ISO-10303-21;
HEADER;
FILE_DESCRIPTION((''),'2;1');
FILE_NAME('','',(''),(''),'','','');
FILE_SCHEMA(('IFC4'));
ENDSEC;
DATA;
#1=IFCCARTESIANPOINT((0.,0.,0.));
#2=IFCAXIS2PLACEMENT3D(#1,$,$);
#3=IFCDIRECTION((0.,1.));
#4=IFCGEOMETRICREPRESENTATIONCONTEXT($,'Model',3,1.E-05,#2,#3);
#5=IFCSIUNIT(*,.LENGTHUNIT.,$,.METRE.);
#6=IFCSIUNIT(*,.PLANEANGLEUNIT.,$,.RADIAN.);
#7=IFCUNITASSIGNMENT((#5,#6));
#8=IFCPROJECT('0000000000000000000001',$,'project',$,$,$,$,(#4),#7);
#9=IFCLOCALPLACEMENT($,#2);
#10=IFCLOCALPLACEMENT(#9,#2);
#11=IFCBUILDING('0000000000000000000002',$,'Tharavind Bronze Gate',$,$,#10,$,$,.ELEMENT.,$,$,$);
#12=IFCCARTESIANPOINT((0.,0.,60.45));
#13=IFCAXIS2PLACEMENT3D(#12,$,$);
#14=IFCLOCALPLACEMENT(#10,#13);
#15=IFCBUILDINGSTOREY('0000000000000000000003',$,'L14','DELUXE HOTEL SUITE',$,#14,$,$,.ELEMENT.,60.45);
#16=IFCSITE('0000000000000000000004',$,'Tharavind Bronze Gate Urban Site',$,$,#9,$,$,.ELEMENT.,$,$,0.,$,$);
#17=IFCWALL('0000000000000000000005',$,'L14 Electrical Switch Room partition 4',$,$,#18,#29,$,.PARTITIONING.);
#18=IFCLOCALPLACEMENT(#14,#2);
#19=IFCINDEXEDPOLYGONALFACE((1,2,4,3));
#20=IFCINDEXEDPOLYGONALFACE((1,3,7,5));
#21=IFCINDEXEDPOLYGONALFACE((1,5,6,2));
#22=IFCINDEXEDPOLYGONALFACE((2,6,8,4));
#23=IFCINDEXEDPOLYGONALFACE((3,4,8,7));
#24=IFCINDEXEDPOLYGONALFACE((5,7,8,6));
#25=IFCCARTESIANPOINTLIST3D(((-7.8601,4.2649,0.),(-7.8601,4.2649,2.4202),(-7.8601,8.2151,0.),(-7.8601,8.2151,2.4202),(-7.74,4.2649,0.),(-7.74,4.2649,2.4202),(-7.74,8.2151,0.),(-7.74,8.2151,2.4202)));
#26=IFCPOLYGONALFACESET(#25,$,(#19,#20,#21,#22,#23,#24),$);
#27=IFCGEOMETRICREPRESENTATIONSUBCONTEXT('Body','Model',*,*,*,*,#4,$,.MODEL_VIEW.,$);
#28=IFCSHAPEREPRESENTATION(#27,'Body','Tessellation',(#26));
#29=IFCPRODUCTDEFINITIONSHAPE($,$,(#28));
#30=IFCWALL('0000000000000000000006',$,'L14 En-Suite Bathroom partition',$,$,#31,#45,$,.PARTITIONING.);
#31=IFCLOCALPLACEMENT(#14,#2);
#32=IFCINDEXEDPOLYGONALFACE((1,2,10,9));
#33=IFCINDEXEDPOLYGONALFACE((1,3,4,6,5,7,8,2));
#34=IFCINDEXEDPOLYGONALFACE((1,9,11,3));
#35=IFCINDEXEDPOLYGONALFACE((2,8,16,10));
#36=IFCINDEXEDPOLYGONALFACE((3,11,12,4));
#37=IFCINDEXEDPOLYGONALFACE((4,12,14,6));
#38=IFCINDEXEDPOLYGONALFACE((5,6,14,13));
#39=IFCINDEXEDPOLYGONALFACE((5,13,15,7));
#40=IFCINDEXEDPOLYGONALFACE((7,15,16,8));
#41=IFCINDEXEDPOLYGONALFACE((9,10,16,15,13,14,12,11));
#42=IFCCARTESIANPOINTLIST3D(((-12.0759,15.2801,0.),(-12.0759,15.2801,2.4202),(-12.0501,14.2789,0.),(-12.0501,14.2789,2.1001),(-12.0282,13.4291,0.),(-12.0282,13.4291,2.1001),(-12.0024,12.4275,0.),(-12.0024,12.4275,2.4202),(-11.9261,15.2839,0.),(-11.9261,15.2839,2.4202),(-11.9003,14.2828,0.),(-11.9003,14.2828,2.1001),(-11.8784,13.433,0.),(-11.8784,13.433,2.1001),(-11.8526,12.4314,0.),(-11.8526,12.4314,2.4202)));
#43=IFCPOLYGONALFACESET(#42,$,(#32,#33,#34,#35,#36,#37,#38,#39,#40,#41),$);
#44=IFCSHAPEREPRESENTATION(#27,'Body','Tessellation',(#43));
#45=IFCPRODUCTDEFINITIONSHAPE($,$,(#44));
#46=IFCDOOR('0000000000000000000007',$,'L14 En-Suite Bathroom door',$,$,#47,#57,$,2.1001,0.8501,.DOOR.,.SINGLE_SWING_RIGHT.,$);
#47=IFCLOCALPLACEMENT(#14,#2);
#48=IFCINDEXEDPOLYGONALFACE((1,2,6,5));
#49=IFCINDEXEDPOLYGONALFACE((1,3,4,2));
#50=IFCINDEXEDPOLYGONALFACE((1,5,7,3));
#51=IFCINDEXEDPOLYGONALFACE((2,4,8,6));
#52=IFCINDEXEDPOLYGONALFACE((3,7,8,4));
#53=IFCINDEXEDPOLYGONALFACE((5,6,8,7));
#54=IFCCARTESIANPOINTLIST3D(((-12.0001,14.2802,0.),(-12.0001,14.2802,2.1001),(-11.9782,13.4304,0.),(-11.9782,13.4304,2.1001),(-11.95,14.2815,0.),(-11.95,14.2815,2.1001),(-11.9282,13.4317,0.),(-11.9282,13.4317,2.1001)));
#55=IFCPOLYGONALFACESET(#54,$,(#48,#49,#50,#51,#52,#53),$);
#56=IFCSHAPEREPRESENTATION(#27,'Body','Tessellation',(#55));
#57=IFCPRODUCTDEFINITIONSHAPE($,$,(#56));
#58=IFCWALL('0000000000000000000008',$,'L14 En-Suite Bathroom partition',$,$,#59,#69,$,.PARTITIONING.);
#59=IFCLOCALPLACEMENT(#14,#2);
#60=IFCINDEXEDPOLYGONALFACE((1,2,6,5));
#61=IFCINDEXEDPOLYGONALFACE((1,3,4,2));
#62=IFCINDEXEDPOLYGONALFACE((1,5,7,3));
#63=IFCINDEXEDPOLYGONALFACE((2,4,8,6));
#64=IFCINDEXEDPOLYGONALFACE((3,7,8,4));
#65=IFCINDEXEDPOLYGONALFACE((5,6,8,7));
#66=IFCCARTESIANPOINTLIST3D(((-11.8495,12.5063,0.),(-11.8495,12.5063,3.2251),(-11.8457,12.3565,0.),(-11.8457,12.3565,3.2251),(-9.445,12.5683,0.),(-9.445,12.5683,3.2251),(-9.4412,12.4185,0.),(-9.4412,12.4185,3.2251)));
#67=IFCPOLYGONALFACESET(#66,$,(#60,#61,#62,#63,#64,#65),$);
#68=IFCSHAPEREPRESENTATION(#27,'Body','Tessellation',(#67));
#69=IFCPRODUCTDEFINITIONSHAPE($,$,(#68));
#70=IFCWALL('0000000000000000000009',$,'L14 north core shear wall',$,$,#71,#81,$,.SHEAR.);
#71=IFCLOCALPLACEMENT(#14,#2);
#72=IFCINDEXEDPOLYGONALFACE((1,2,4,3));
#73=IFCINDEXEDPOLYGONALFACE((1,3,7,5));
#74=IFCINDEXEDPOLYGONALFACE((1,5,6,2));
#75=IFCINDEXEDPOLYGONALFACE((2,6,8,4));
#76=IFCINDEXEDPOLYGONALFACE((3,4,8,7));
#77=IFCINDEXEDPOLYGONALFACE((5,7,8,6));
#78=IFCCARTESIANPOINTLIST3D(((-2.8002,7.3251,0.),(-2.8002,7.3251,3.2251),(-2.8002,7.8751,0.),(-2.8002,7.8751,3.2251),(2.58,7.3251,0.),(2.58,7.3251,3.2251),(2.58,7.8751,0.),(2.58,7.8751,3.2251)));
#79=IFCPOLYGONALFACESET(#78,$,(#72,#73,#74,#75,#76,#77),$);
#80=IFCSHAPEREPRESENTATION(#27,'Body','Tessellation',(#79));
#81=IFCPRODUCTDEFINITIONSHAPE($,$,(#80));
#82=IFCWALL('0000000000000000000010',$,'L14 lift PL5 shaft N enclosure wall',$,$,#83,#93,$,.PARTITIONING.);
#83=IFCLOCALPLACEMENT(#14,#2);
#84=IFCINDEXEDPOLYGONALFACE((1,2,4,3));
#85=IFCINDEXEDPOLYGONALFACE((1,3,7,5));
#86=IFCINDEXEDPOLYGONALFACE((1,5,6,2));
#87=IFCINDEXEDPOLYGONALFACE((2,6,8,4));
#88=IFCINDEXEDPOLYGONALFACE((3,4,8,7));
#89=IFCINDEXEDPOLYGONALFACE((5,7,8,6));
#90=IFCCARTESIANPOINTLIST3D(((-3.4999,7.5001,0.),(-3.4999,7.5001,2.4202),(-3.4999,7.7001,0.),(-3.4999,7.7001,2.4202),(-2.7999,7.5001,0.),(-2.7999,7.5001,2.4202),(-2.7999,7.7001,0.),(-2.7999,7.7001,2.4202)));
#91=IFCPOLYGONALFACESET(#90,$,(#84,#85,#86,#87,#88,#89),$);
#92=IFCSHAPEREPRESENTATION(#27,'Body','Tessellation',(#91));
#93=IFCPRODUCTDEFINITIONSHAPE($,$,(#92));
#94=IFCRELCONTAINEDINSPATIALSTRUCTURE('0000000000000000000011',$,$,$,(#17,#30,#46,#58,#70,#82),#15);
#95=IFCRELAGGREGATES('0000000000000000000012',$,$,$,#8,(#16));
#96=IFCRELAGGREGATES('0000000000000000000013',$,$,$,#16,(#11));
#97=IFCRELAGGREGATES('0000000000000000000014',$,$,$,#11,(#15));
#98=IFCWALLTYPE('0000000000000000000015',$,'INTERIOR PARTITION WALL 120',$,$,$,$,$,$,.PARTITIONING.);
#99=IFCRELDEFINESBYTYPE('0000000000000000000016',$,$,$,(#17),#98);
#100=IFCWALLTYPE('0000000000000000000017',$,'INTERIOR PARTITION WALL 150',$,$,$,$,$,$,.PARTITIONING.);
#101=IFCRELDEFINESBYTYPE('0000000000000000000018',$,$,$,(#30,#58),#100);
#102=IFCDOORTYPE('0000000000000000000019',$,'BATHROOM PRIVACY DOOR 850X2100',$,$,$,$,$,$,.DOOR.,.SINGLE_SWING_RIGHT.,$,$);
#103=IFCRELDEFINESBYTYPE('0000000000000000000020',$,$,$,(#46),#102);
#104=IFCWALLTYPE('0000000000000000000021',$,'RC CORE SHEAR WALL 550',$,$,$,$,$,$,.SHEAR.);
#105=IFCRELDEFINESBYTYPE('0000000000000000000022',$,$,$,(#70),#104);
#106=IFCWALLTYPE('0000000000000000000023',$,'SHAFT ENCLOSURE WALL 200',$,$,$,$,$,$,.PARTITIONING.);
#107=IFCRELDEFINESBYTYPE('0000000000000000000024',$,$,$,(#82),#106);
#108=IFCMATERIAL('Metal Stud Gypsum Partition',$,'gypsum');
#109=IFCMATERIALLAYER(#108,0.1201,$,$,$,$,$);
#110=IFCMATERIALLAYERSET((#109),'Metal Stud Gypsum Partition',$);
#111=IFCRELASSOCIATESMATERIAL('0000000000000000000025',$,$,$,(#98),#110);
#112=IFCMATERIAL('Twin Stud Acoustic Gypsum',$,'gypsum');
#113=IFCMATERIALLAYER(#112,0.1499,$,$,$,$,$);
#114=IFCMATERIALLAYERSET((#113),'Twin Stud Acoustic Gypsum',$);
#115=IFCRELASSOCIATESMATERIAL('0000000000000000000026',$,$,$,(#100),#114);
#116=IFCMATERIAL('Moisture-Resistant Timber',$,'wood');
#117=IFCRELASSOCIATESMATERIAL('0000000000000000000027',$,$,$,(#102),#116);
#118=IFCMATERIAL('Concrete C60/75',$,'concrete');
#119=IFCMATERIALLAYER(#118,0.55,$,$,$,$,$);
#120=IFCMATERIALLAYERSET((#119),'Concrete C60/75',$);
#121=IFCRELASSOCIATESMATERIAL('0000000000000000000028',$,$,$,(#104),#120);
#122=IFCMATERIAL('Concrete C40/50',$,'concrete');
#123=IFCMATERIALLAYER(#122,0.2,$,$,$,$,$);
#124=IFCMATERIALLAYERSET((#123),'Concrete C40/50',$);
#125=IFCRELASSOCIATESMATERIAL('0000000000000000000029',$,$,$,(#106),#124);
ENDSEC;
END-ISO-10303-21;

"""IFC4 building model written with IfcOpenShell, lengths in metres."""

from ifc_helpers import new_model, si_unit, direction, frame, frame_2d, origin, place, context, subcontext, project, spatial, rectangle, extrude, material, layer, layer_set, type_object, element, fill, save


model = new_model("IFC4")

# Units and contexts
model_context = context("Model", 3, precision=1e-05, world=origin(), true_north=direction((0.0, 1.0)))
body_context = subcontext(model_context, "Body", "Model", "MODEL_VIEW")
ifc_project = project(units=[si_unit("LENGTHUNIT", "METRE"), si_unit("PLANEANGLEUNIT", "RADIAN")], contexts=[model_context])

# Site, building, storey
site_placement = place(None, origin())
site = spatial("IfcSite", under=ifc_project, at=site_placement, Name="Tharavind Bronze Gate Urban Site", CompositionType="ELEMENT", RefElevation=0.0)
building_placement = place(site_placement, origin())
building = spatial("IfcBuilding", under=site, at=building_placement, Name="Tharavind Bronze Gate", CompositionType="ELEMENT")
storey_placement = place(building_placement, frame((0.0, 0.0, 60.45)))
storey = spatial("IfcBuildingStorey", under=building, at=storey_placement, Name="L14", Description="DELUXE HOTEL SUITE", CompositionType="ELEMENT", Elevation=60.45)

# Wall
ifc_material_1 = material(Name="Metal Stud Gypsum Partition", Category="gypsum")
ifc_layer_1 = layer(ifc_material_1, 0.1201)
ifc_layer_set_1 = layer_set([ifc_layer_1], Name="Metal Stud Gypsum Partition")
wall_type_1 = type_object("IfcWallType", Name="INTERIOR PARTITION WALL 120", PredefinedType="PARTITIONING", material=ifc_layer_set_1)
wall_1_placement = place(storey_placement, frame((-7.8, 8.2151, 0.0), z_axis=(0.0, 0.0, 1.0), x_axis=(0.0, -1.0, 0.0)))
element("IfcWall", 1, at=wall_1_placement, inside=storey, type_object=wall_type_1, Name="L14 Electrical Switch Room partition 4", PredefinedType="PARTITIONING", context=body_context, shape_type="SweptSolid", body=[
    extrude(rectangle(XDim=3.9502, YDim=0.1201, at=frame_2d((1.9751, 0.0))), origin(), (0.0, 0.0, 1.0), 2.4202),
])

# Wall, opening, door
ifc_material_2 = material(Name="Twin Stud Acoustic Gypsum", Category="gypsum")
ifc_layer_2 = layer(ifc_material_2, 0.1499)
ifc_layer_set_2 = layer_set([ifc_layer_2], Name="Twin Stud Acoustic Gypsum")
wall_type_2 = type_object("IfcWallType", Name="INTERIOR PARTITION WALL 150", PredefinedType="PARTITIONING", material=ifc_layer_set_2)
wall_2_placement = place(storey_placement, frame((-11.9275, 12.4294, 0.0), z_axis=(0.0, 0.0, 1.0), x_axis=(-0.025753, 0.999668, 0.0)))
wall_2 = element("IfcWall", 2, at=wall_2_placement, inside=storey, type_object=wall_type_2, Name="L14 En-Suite Bathroom partition", PredefinedType="PARTITIONING", context=body_context, shape_type="SweptSolid", body=[
    extrude(rectangle(XDim=2.8535, YDim=0.1499, at=frame_2d((1.4268, 0.0))), origin(), (0.0, 0.0, 1.0), 2.4202),
])
opening_1_placement = place(wall_2_placement, frame((1.002, 0.0, 0.0)))
opening_1 = element("IfcOpeningElement", 3, at=opening_1_placement, cuts=wall_2, PredefinedType="OPENING", context=body_context, shape_type="SweptSolid", body=[
    extrude(rectangle(XDim=0.8501, YDim=2.1001, at=frame_2d((0.425, 1.05))), frame((0.0, 0.085, 0.0), z_axis=(0.0, -1.0, 0.0), x_axis=(1.0, 0.0, 0.0)), (0.0, 0.0, 1.0), 0.1699),
])
ifc_material_3 = material(Name="Moisture-Resistant Timber", Category="wood")
door_type_1 = type_object("IfcDoorType", Name="BATHROOM PRIVACY DOOR 850X2100", OperationType="SINGLE_SWING_RIGHT", PredefinedType="DOOR", material=ifc_material_3)
door_1_placement = place(opening_1_placement, origin())
door_1 = element("IfcDoor", 4, at=door_1_placement, inside=storey, type_object=door_type_1, Name="L14 En-Suite Bathroom door", OperationType="SINGLE_SWING_RIGHT", OverallHeight=2.1001, OverallWidth=0.8501, PredefinedType="DOOR", context=body_context, shape_type="SweptSolid", body=[
    extrude(rectangle(XDim=0.8501, YDim=2.1001, at=frame_2d((0.425, 1.05))), frame((0.0, 0.0249, 0.0), z_axis=(0.0, -1.0, 0.0), x_axis=(1.0, 0.0, 0.0)), (0.0, 0.0, 1.0), 0.05),
])
fill(opening_1, door_1)

# Walls
wall_3_placement = place(storey_placement, frame((-9.4431, 12.4934, 0.0), z_axis=(0.0, 0.0, 1.0), x_axis=(-0.999668, -0.025781, 0.0)))
element("IfcWall", 5, at=wall_3_placement, inside=storey, type_object=wall_type_2, Name="L14 En-Suite Bathroom partition", PredefinedType="PARTITIONING", context=body_context, shape_type="SweptSolid", body=[
    extrude(rectangle(XDim=2.4053, YDim=0.1499, at=frame_2d((1.2026, 0.0))), origin(), (0.0, 0.0, 1.0), 3.2251),
])
ifc_material_4 = material(Name="Concrete C60/75", Category="concrete")
ifc_layer_3 = layer(ifc_material_4, 0.55)
ifc_layer_set_3 = layer_set([ifc_layer_3], Name="Concrete C60/75")
wall_type_3 = type_object("IfcWallType", Name="RC CORE SHEAR WALL 550", PredefinedType="SHEAR", material=ifc_layer_set_3)
wall_4_placement = place(storey_placement, frame((-2.8, 7.6001, 0.0), z_axis=(0.0, 0.0, 1.0), x_axis=(1.0, 0.0, 0.0)))
element("IfcWall", 6, at=wall_4_placement, inside=storey, type_object=wall_type_3, Name="L14 north core shear wall", PredefinedType="SHEAR", context=body_context, shape_type="SweptSolid", body=[
    extrude(rectangle(XDim=5.3801, YDim=0.55, at=frame_2d((2.6899, 0.0))), origin(), (0.0, 0.0, 1.0), 3.2251),
])
ifc_material_5 = material(Name="Concrete C40/50", Category="concrete")
ifc_layer_4 = layer(ifc_material_5, 0.2)
ifc_layer_set_4 = layer_set([ifc_layer_4], Name="Concrete C40/50")
wall_type_4 = type_object("IfcWallType", Name="SHAFT ENCLOSURE WALL 200", PredefinedType="PARTITIONING", material=ifc_layer_set_4)
wall_5_placement = place(storey_placement, frame((-3.5, 7.6001, 0.0), z_axis=(0.0, 0.0, 1.0), x_axis=(1.0, 0.0, 0.0)))
element("IfcWall", 7, at=wall_5_placement, inside=storey, type_object=wall_type_4, Name="L14 lift PL5 shaft N enclosure wall", PredefinedType="PARTITIONING", context=body_context, shape_type="SweptSolid", body=[
    extrude(rectangle(XDim=0.7, YDim=0.2, at=frame_2d((0.3501, 0.0))), origin(), (0.0, 0.0, 1.0), 2.4202),
])

save(model, "model.ifc")
